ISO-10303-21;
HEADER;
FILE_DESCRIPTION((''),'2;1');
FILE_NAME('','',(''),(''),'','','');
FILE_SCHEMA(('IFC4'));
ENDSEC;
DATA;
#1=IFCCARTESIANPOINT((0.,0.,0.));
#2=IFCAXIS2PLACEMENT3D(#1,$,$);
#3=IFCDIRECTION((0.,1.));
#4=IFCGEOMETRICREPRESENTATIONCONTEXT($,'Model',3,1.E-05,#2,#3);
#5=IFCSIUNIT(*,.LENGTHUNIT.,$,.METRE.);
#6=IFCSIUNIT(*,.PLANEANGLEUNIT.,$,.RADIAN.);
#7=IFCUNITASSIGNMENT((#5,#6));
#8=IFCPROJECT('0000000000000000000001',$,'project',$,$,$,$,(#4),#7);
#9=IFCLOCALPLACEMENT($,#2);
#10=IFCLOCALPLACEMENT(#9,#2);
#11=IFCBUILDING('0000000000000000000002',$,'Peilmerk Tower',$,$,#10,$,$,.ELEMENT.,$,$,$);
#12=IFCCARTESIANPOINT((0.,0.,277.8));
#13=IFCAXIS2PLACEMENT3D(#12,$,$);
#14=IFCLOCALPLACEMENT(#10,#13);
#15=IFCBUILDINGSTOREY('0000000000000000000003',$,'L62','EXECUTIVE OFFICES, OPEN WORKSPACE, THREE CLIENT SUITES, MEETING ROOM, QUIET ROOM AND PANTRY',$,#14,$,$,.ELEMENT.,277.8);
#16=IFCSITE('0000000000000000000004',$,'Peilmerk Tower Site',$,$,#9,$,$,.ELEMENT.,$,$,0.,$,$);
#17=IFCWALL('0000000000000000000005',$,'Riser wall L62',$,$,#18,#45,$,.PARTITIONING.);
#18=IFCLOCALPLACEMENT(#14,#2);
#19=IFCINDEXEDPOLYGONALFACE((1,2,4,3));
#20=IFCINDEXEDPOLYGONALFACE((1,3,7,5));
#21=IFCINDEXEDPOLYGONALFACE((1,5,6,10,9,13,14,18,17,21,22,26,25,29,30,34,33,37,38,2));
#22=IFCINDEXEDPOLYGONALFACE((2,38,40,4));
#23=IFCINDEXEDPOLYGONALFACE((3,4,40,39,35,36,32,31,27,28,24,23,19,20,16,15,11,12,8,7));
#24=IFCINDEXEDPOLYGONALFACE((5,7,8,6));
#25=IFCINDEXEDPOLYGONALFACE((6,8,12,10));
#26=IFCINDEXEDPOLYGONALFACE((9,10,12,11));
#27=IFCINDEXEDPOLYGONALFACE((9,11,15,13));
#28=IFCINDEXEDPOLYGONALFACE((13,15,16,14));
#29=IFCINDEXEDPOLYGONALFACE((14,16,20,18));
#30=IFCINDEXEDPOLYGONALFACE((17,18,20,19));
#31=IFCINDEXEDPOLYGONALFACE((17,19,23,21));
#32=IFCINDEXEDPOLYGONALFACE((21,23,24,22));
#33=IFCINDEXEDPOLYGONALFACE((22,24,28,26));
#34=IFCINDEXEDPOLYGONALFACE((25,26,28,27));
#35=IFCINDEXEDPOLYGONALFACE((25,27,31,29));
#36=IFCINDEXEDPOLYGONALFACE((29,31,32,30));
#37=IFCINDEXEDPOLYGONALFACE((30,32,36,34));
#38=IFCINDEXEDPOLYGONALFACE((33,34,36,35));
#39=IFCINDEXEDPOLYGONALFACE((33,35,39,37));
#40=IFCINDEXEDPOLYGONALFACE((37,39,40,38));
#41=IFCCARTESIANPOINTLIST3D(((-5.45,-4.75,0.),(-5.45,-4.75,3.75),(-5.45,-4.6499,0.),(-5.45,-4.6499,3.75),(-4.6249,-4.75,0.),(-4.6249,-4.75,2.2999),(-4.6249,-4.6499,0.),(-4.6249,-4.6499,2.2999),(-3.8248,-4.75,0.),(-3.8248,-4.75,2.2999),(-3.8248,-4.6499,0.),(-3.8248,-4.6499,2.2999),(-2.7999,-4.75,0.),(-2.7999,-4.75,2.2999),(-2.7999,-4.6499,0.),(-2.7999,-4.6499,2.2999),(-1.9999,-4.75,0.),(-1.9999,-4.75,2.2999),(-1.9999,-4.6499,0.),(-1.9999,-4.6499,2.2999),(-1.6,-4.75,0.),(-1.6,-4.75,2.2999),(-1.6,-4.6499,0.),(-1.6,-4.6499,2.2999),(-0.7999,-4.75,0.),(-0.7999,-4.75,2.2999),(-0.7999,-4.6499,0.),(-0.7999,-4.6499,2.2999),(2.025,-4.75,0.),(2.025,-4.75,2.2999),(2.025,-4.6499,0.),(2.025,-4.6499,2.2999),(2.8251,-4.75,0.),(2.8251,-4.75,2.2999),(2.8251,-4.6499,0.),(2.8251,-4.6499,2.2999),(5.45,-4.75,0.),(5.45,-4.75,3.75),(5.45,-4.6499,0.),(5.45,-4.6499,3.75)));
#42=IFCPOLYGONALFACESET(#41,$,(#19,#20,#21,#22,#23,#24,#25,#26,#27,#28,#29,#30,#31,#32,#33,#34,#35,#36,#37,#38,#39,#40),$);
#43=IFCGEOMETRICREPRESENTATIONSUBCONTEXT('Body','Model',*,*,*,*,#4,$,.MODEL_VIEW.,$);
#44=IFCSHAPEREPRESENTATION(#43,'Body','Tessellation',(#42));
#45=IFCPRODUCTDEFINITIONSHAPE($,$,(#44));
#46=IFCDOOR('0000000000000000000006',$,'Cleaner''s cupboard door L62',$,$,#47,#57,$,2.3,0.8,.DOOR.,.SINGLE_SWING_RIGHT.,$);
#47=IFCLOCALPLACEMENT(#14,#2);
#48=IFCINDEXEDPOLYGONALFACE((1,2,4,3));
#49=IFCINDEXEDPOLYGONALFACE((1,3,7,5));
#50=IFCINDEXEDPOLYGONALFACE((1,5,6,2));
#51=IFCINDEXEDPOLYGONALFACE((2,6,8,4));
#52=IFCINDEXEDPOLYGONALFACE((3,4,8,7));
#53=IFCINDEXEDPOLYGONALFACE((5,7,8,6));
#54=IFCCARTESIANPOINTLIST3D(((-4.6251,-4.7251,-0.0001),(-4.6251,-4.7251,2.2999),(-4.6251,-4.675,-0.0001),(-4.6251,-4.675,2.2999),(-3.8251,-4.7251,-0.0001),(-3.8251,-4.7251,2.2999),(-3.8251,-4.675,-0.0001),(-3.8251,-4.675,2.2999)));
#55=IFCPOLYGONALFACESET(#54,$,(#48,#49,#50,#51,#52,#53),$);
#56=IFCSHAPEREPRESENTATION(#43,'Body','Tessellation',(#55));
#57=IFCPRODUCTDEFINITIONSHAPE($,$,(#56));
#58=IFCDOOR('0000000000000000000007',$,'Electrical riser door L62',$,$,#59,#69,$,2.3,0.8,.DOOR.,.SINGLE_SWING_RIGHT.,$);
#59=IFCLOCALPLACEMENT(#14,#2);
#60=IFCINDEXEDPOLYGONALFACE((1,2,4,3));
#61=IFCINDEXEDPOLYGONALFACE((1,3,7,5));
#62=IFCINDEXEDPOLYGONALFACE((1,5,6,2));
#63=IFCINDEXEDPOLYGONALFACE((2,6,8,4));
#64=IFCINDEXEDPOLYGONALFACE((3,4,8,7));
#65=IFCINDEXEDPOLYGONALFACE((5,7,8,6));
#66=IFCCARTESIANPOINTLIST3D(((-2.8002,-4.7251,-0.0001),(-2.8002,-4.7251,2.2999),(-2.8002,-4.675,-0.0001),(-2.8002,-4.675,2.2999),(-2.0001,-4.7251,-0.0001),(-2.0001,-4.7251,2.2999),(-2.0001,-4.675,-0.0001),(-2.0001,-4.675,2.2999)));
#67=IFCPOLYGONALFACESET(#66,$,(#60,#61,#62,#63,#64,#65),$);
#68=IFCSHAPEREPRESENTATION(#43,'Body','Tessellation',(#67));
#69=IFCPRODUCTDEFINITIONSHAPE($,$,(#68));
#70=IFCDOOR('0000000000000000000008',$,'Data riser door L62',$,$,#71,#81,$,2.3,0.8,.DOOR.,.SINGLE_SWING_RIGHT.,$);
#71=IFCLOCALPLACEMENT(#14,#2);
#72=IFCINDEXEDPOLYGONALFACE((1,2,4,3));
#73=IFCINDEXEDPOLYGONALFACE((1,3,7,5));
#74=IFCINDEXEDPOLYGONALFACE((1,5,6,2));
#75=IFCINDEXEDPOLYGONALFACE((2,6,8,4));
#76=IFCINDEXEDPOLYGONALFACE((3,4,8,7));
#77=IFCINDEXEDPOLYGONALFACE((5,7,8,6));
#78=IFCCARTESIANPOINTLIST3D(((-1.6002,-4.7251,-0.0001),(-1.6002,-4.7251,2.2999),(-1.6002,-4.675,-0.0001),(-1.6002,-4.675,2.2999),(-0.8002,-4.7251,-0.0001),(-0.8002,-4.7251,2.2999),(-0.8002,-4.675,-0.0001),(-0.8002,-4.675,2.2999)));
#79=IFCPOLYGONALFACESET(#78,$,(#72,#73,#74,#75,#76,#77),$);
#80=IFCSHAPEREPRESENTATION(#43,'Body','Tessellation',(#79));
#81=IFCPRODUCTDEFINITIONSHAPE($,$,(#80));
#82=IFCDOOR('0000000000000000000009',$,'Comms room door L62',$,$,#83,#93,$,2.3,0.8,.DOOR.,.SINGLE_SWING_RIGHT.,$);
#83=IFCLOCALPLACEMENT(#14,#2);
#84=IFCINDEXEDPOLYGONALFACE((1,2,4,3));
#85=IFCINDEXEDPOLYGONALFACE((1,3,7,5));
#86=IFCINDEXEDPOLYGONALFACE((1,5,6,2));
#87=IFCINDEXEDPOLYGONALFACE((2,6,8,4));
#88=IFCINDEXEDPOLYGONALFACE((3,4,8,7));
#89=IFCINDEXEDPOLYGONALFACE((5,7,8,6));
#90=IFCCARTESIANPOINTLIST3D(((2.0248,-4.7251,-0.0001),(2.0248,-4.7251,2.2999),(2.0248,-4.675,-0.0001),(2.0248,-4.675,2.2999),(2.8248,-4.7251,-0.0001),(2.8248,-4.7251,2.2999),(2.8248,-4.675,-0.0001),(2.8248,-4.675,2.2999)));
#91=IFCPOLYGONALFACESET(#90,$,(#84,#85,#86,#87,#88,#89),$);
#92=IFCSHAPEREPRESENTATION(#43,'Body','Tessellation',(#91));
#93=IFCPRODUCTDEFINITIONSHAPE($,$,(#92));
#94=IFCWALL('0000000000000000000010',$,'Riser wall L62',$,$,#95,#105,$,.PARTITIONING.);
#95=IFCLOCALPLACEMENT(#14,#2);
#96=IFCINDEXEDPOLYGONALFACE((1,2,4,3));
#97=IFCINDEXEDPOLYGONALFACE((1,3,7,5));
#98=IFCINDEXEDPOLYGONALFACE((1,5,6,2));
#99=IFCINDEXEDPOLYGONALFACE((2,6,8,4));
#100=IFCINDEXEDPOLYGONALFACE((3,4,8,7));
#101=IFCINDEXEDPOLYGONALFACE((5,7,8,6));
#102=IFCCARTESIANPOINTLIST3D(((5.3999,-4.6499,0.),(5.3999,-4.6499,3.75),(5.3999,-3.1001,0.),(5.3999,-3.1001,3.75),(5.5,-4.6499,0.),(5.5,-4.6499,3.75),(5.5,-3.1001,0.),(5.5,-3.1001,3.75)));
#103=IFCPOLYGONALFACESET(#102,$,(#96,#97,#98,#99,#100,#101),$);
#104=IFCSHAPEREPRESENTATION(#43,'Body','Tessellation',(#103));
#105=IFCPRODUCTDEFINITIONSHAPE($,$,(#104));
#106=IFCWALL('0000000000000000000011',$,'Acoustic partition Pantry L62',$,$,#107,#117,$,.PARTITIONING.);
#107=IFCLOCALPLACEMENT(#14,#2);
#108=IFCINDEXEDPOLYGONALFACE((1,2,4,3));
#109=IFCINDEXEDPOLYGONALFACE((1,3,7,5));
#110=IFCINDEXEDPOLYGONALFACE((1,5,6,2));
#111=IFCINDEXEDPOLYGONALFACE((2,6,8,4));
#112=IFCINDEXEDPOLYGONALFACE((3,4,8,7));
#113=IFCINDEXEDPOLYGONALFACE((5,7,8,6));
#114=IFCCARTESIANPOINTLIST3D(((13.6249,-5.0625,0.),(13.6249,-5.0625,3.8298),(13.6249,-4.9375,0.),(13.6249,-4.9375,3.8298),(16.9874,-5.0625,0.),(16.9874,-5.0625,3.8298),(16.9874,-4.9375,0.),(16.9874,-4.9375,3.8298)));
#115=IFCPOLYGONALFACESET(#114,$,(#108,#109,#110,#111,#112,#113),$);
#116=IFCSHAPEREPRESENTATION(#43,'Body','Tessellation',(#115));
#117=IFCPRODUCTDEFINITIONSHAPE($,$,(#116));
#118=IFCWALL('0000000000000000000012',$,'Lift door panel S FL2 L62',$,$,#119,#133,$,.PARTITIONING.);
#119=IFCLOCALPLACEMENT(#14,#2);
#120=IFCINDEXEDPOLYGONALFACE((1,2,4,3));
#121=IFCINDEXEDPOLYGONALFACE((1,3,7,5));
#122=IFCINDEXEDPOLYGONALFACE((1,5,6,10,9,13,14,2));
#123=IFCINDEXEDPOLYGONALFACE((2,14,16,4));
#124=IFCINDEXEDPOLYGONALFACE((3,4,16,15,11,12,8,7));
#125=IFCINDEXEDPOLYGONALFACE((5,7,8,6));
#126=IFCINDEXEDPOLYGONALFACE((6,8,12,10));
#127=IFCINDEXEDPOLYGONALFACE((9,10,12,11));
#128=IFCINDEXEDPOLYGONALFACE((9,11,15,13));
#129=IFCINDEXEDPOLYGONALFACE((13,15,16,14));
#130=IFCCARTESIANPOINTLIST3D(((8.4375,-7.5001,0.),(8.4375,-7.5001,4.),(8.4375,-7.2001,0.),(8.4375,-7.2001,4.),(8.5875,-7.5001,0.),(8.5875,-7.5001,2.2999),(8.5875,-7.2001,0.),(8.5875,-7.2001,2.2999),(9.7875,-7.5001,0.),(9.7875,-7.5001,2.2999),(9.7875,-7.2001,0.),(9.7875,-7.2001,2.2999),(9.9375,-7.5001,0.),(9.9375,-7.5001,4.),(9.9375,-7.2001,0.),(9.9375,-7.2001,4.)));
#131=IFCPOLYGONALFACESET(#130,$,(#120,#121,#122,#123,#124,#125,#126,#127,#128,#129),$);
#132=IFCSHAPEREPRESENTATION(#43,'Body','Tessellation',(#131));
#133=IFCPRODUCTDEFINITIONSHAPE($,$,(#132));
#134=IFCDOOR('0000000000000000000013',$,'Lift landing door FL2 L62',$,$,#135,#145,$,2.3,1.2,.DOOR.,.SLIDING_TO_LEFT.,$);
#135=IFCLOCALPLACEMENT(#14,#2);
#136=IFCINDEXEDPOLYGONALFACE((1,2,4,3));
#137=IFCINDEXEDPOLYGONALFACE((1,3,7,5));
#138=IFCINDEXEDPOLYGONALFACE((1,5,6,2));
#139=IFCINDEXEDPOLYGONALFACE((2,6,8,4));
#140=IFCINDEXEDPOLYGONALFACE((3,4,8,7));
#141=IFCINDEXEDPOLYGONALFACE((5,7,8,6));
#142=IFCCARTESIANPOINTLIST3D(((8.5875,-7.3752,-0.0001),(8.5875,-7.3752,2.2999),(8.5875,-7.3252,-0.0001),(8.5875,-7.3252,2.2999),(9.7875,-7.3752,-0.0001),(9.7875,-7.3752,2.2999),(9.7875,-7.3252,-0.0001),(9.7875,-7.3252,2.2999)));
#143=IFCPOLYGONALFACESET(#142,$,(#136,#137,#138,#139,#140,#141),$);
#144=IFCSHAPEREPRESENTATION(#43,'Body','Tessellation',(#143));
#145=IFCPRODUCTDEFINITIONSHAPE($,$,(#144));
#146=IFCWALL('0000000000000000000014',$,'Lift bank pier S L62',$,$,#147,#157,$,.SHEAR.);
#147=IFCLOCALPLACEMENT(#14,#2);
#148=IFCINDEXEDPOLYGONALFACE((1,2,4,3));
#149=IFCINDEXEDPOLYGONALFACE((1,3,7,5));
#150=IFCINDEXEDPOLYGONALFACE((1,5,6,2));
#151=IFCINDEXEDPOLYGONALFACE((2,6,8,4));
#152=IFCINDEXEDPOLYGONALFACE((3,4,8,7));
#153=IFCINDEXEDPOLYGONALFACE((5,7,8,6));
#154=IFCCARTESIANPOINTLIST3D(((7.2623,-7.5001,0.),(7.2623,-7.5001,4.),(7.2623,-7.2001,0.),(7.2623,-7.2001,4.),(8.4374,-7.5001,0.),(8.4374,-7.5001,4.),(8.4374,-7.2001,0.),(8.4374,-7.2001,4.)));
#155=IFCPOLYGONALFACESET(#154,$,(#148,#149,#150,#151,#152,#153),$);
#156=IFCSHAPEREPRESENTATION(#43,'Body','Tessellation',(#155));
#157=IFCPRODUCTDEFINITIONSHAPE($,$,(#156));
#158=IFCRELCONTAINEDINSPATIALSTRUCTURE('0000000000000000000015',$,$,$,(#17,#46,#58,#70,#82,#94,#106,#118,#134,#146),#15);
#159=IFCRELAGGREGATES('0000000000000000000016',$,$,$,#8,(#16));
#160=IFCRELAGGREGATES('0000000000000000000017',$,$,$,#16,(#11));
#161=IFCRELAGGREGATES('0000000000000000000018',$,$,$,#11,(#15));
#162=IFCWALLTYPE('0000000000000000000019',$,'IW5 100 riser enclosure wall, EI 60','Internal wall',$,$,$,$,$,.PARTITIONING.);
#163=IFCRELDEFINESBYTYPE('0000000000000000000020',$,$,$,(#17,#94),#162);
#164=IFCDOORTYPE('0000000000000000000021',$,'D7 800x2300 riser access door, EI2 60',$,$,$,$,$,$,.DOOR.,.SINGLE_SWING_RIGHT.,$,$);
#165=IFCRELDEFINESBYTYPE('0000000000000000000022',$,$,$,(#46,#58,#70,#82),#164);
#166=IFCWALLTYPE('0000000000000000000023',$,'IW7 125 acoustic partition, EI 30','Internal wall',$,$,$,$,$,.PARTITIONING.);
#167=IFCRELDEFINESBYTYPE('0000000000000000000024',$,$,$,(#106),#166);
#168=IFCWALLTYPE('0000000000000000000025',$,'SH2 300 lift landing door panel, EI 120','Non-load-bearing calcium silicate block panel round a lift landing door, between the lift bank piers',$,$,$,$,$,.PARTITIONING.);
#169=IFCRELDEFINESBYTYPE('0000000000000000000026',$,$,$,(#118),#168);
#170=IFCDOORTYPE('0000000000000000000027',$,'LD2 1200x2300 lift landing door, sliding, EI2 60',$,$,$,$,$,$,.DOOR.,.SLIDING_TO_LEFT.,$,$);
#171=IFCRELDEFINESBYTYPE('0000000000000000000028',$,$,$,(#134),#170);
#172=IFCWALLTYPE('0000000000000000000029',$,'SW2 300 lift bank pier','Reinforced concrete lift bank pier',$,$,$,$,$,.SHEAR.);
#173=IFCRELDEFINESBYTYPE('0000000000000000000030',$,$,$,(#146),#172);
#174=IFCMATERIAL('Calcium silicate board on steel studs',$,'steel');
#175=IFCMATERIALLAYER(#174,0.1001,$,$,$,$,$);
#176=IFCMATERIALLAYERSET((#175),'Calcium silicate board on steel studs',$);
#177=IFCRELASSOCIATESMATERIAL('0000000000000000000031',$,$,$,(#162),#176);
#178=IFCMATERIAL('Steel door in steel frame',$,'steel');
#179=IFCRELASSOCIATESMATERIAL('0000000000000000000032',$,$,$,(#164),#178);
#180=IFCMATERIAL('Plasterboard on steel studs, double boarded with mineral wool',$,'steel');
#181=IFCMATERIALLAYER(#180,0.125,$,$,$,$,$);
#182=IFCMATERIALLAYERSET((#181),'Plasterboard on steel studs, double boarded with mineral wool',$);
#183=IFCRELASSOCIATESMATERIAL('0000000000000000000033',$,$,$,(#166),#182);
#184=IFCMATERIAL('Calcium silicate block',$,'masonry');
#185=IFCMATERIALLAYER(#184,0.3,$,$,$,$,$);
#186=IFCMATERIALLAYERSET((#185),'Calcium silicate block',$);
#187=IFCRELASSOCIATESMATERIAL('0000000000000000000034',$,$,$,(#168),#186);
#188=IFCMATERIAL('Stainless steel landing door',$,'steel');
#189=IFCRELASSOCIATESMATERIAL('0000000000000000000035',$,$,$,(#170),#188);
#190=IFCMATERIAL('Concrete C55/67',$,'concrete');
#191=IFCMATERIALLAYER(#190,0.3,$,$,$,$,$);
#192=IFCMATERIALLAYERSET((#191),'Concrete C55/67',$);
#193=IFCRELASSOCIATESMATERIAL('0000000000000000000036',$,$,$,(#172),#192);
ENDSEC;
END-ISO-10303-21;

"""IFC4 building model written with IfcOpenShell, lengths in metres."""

from ifc_helpers import new_model, si_unit, direction, frame, frame_2d, origin, place, context, subcontext, project, spatial, rectangle, extrude, material, layer, layer_set, type_object, element, fill, save


model = new_model("IFC4")

# Units and contexts
model_context = context("Model", 3, precision=1e-05, world=origin(), true_north=direction((0.0, 1.0)))
body_context = subcontext(model_context, "Body", "Model", "MODEL_VIEW")
ifc_project = project(units=[si_unit("LENGTHUNIT", "METRE"), si_unit("PLANEANGLEUNIT", "RADIAN")], contexts=[model_context])

# Site, building, storey
site_placement = place(None, origin())
site = spatial("IfcSite", under=ifc_project, at=site_placement, Name="Peilmerk Tower Site", CompositionType="ELEMENT", RefElevation=0.0)
building_placement = place(site_placement, origin())
building = spatial("IfcBuilding", under=site, at=building_placement, Name="Peilmerk Tower", CompositionType="ELEMENT")
storey_placement = place(building_placement, frame((0.0, 0.0, 277.8)))
storey = spatial("IfcBuildingStorey", under=building, at=storey_placement, Name="L62", Description="EXECUTIVE OFFICES, OPEN WORKSPACE, THREE CLIENT SUITES, MEETING ROOM, QUIET ROOM AND PANTRY", CompositionType="ELEMENT", Elevation=277.8)

# Shared definitions
ifc_material_1 = material(Name="Steel door in steel frame", Category="steel")

# Shared definitions
ifc_material_2 = material(Name="Calcium silicate board on steel studs", Category="steel")
ifc_layer_1 = layer(ifc_material_2, 0.1001)
ifc_layer_set_1 = layer_set([ifc_layer_1], Name="Calcium silicate board on steel studs")
wall_type_1 = type_object("IfcWallType", Name="IW5 100 riser enclosure wall, EI 60", Description="Internal wall", PredefinedType="PARTITIONING", material=ifc_layer_set_1)

# Wall, openings, doors
wall_1_placement = place(storey_placement, frame((5.45, -4.7, 0.0), z_axis=(0.0, 0.0, 1.0), x_axis=(-1.0, 0.0, 0.0)))
wall_1 = element("IfcWall", 1, at=wall_1_placement, inside=storey, type_object=wall_type_1, Name="Riser wall L62", PredefinedType="PARTITIONING", context=body_context, shape_type="SweptSolid", body=[
    extrude(rectangle(XDim=10.8999, YDim=0.1001, at=frame_2d((5.45, 0.0))), origin(), (0.0, 0.0, 1.0), 3.75),
])
opening_1_placement = place(wall_1_placement, frame((9.2749, 0.0, 0.0)))
opening_1 = element("IfcOpeningElement", 2, at=opening_1_placement, cuts=wall_1, PredefinedType="OPENING", context=body_context, shape_type="SweptSolid", body=[
    extrude(rectangle(XDim=0.8, YDim=2.3, at=frame_2d((0.3999, 1.1499))), frame((0.0, 0.0601, 0.0), z_axis=(0.0, -1.0, 0.0), x_axis=(1.0, 0.0, 0.0)), (0.0, 0.0, 1.0), 0.1201),
])
opening_2_placement = place(wall_1_placement, frame((7.45, 0.0, 0.0)))
opening_2 = element("IfcOpeningElement", 3, at=opening_2_placement, cuts=wall_1, PredefinedType="OPENING", context=body_context, shape_type="SweptSolid", body=[
    extrude(rectangle(XDim=0.8, YDim=2.3, at=frame_2d((0.3999, 1.1499))), frame((0.0, 0.0601, 0.0), z_axis=(0.0, -1.0, 0.0), x_axis=(1.0, 0.0, 0.0)), (0.0, 0.0, 1.0), 0.1201),
])
opening_3_placement = place(wall_1_placement, frame((6.25, 0.0, 0.0)))
opening_3 = element("IfcOpeningElement", 4, at=opening_3_placement, cuts=wall_1, PredefinedType="OPENING", context=body_context, shape_type="SweptSolid", body=[
    extrude(rectangle(XDim=0.8, YDim=2.3, at=frame_2d((0.3999, 1.1499))), frame((0.0, 0.0601, 0.0), z_axis=(0.0, -1.0, 0.0), x_axis=(1.0, 0.0, 0.0)), (0.0, 0.0, 1.0), 0.1201),
])
opening_4_placement = place(wall_1_placement, frame((2.625, 0.0, 0.0)))
opening_4 = element("IfcOpeningElement", 5, at=opening_4_placement, cuts=wall_1, PredefinedType="OPENING", context=body_context, shape_type="SweptSolid", body=[
    extrude(rectangle(XDim=0.8, YDim=2.3, at=frame_2d((0.3999, 1.1499))), frame((0.0, 0.0601, 0.0), z_axis=(0.0, -1.0, 0.0), x_axis=(1.0, 0.0, 0.0)), (0.0, 0.0, 1.0), 0.1201),
])
door_type_1 = type_object("IfcDoorType", Name="D7 800x2300 riser access door, EI2 60", OperationType="SINGLE_SWING_RIGHT", PredefinedType="DOOR", material=ifc_material_1)
door_1_placement = place(opening_1_placement, frame((0.8, 0.0, 0.0), z_axis=(0.0, 0.0, 1.0), x_axis=(-1.0, 0.0, 0.0)))
door_1 = element("IfcDoor", 6, at=door_1_placement, inside=storey, type_object=door_type_1, Name="Cleaner's cupboard door L62", OperationType="SINGLE_SWING_RIGHT", OverallHeight=2.3, OverallWidth=0.8, PredefinedType="DOOR", context=body_context, shape_type="SweptSolid", body=[
    extrude(rectangle(XDim=0.8, YDim=2.3, at=frame_2d((0.3999, 1.1499))), frame((0.0, 0.0249, 0.0), z_axis=(0.0, -1.0, 0.0), x_axis=(1.0, 0.0, 0.0)), (0.0, 0.0, 1.0), 0.05),
])
fill(opening_1, door_1)
door_2_placement = place(opening_2_placement, frame((0.8, 0.0, 0.0), z_axis=(0.0, 0.0, 1.0), x_axis=(-1.0, 0.0, 0.0)))
door_2 = element("IfcDoor", 7, at=door_2_placement, inside=storey, type_object=door_type_1, Name="Electrical riser door L62", OperationType="SINGLE_SWING_RIGHT", OverallHeight=2.3, OverallWidth=0.8, PredefinedType="DOOR", context=body_context, shape_type="SweptSolid", body=[
    extrude(rectangle(XDim=0.8, YDim=2.3, at=frame_2d((0.3999, 1.1499))), frame((0.0, 0.0249, 0.0), z_axis=(0.0, -1.0, 0.0), x_axis=(1.0, 0.0, 0.0)), (0.0, 0.0, 1.0), 0.05),
])
fill(opening_2, door_2)
door_3_placement = place(opening_3_placement, frame((0.8, 0.0, 0.0), z_axis=(0.0, 0.0, 1.0), x_axis=(-1.0, 0.0, 0.0)))
door_3 = element("IfcDoor", 8, at=door_3_placement, inside=storey, type_object=door_type_1, Name="Data riser door L62", OperationType="SINGLE_SWING_RIGHT", OverallHeight=2.3, OverallWidth=0.8, PredefinedType="DOOR", context=body_context, shape_type="SweptSolid", body=[
    extrude(rectangle(XDim=0.8, YDim=2.3, at=frame_2d((0.3999, 1.1499))), frame((0.0, 0.0249, 0.0), z_axis=(0.0, -1.0, 0.0), x_axis=(1.0, 0.0, 0.0)), (0.0, 0.0, 1.0), 0.05),
])
fill(opening_3, door_3)
door_4_placement = place(opening_4_placement, frame((0.8, 0.0, 0.0), z_axis=(0.0, 0.0, 1.0), x_axis=(-1.0, 0.0, 0.0)))
door_4 = element("IfcDoor", 9, at=door_4_placement, inside=storey, type_object=door_type_1, Name="Comms room door L62", OperationType="SINGLE_SWING_RIGHT", OverallHeight=2.3, OverallWidth=0.8, PredefinedType="DOOR", context=body_context, shape_type="SweptSolid", body=[
    extrude(rectangle(XDim=0.8, YDim=2.3, at=frame_2d((0.3999, 1.1499))), frame((0.0, 0.0249, 0.0), z_axis=(0.0, -1.0, 0.0), x_axis=(1.0, 0.0, 0.0)), (0.0, 0.0, 1.0), 0.05),
])
fill(opening_4, door_4)

# Walls
wall_2_placement = place(storey_placement, frame((5.45, -3.1001, 0.0), z_axis=(0.0, 0.0, 1.0), x_axis=(0.0, -1.0, 0.0)))
element("IfcWall", 10, at=wall_2_placement, inside=storey, type_object=wall_type_1, Name="Riser wall L62", PredefinedType="PARTITIONING", context=body_context, shape_type="SweptSolid", body=[
    extrude(rectangle(XDim=1.5498, YDim=0.1001, at=frame_2d((0.7749, 0.0))), origin(), (0.0, 0.0, 1.0), 3.75),
])
ifc_material_3 = material(Name="Plasterboard on steel studs, double boarded with mineral wool", Category="steel")
ifc_layer_2 = layer(ifc_material_3, 0.125)
ifc_layer_set_2 = layer_set([ifc_layer_2], Name="Plasterboard on steel studs, double boarded with mineral wool")
wall_type_2 = type_object("IfcWallType", Name="IW7 125 acoustic partition, EI 30", Description="Internal wall", PredefinedType="PARTITIONING", material=ifc_layer_set_2)
wall_3_placement = place(storey_placement, frame((13.625, -5.0, 0.0), z_axis=(0.0, 0.0, 1.0), x_axis=(1.0, 0.0, 0.0)))
element("IfcWall", 11, at=wall_3_placement, inside=storey, type_object=wall_type_2, Name="Acoustic partition Pantry L62", PredefinedType="PARTITIONING", context=body_context, shape_type="SweptSolid", body=[
    extrude(rectangle(XDim=3.3625, YDim=0.125, at=frame_2d((1.6812, 0.0))), origin(), (0.0, 0.0, 1.0), 3.8298),
])

# Wall, opening, door
ifc_material_4 = material(Name="Calcium silicate block", Category="masonry")
ifc_layer_3 = layer(ifc_material_4, 0.3)
ifc_layer_set_3 = layer_set([ifc_layer_3], Name="Calcium silicate block")
wall_type_3 = type_object("IfcWallType", Name="SH2 300 lift landing door panel, EI 120", Description="Non-load-bearing calcium silicate block panel round a lift landing door, between the lift bank piers", PredefinedType="PARTITIONING", material=ifc_layer_set_3)
wall_4_placement = place(storey_placement, frame((8.4375, -7.3501, 0.0), z_axis=(0.0, 0.0, 1.0), x_axis=(1.0, 0.0, 0.0)))
wall_4 = element("IfcWall", 12, at=wall_4_placement, inside=storey, type_object=wall_type_3, Name="Lift door panel S FL2 L62", PredefinedType="PARTITIONING", context=body_context, shape_type="SweptSolid", body=[
    extrude(rectangle(XDim=1.5, YDim=0.3, at=frame_2d((0.75, 0.0))), origin(), (0.0, 0.0, 1.0), 4.0),
])
opening_5_placement = place(wall_4_placement, frame((0.1499, 0.0, 0.0)))
opening_5 = element("IfcOpeningElement", 13, at=opening_5_placement, cuts=wall_4, PredefinedType="OPENING", context=body_context, shape_type="SweptSolid", body=[
    extrude(rectangle(XDim=1.2, YDim=2.3, at=frame_2d((0.6001, 1.1499))), frame((0.0, 0.1599, 0.0), z_axis=(0.0, -1.0, 0.0), x_axis=(1.0, 0.0, 0.0)), (0.0, 0.0, 1.0), 0.3201),
])
ifc_material_5 = material(Name="Stainless steel landing door", Category="steel")
door_type_2 = type_object("IfcDoorType", Name="LD2 1200x2300 lift landing door, sliding, EI2 60", OperationType="SLIDING_TO_LEFT", PredefinedType="DOOR", material=ifc_material_5)
door_5_placement = place(opening_5_placement, origin())
door_5 = element("IfcDoor", 14, at=door_5_placement, inside=storey, type_object=door_type_2, Name="Lift landing door FL2 L62", OperationType="SLIDING_TO_LEFT", OverallHeight=2.3, OverallWidth=1.2, PredefinedType="DOOR", context=body_context, shape_type="SweptSolid", body=[
    extrude(rectangle(XDim=1.2, YDim=2.3, at=frame_2d((0.6001, 1.1499))), frame((0.0, 0.0249, 0.0), z_axis=(0.0, -1.0, 0.0), x_axis=(1.0, 0.0, 0.0)), (0.0, 0.0, 1.0), 0.05),
])
fill(opening_5, door_5)

# Wall
ifc_material_6 = material(Name="Concrete C55/67", Category="concrete")
ifc_layer_4 = layer(ifc_material_6, 0.3)
ifc_layer_set_4 = layer_set([ifc_layer_4], Name="Concrete C55/67")
wall_type_4 = type_object("IfcWallType", Name="SW2 300 lift bank pier", Description="Reinforced concrete lift bank pier", PredefinedType="SHEAR", material=ifc_layer_set_4)
wall_5_placement = place(storey_placement, frame((7.2625, -7.3501, 0.0), z_axis=(0.0, 0.0, 1.0), x_axis=(1.0, 0.0, 0.0)))
element("IfcWall", 15, at=wall_5_placement, inside=storey, type_object=wall_type_4, Name="Lift bank pier S L62", PredefinedType="SHEAR", context=body_context, shape_type="SweptSolid", body=[
    extrude(rectangle(XDim=1.175, YDim=0.3, at=frame_2d((0.5874, 0.0))), origin(), (0.0, 0.0, 1.0), 4.0),
])

save(model, "model.ifc")
